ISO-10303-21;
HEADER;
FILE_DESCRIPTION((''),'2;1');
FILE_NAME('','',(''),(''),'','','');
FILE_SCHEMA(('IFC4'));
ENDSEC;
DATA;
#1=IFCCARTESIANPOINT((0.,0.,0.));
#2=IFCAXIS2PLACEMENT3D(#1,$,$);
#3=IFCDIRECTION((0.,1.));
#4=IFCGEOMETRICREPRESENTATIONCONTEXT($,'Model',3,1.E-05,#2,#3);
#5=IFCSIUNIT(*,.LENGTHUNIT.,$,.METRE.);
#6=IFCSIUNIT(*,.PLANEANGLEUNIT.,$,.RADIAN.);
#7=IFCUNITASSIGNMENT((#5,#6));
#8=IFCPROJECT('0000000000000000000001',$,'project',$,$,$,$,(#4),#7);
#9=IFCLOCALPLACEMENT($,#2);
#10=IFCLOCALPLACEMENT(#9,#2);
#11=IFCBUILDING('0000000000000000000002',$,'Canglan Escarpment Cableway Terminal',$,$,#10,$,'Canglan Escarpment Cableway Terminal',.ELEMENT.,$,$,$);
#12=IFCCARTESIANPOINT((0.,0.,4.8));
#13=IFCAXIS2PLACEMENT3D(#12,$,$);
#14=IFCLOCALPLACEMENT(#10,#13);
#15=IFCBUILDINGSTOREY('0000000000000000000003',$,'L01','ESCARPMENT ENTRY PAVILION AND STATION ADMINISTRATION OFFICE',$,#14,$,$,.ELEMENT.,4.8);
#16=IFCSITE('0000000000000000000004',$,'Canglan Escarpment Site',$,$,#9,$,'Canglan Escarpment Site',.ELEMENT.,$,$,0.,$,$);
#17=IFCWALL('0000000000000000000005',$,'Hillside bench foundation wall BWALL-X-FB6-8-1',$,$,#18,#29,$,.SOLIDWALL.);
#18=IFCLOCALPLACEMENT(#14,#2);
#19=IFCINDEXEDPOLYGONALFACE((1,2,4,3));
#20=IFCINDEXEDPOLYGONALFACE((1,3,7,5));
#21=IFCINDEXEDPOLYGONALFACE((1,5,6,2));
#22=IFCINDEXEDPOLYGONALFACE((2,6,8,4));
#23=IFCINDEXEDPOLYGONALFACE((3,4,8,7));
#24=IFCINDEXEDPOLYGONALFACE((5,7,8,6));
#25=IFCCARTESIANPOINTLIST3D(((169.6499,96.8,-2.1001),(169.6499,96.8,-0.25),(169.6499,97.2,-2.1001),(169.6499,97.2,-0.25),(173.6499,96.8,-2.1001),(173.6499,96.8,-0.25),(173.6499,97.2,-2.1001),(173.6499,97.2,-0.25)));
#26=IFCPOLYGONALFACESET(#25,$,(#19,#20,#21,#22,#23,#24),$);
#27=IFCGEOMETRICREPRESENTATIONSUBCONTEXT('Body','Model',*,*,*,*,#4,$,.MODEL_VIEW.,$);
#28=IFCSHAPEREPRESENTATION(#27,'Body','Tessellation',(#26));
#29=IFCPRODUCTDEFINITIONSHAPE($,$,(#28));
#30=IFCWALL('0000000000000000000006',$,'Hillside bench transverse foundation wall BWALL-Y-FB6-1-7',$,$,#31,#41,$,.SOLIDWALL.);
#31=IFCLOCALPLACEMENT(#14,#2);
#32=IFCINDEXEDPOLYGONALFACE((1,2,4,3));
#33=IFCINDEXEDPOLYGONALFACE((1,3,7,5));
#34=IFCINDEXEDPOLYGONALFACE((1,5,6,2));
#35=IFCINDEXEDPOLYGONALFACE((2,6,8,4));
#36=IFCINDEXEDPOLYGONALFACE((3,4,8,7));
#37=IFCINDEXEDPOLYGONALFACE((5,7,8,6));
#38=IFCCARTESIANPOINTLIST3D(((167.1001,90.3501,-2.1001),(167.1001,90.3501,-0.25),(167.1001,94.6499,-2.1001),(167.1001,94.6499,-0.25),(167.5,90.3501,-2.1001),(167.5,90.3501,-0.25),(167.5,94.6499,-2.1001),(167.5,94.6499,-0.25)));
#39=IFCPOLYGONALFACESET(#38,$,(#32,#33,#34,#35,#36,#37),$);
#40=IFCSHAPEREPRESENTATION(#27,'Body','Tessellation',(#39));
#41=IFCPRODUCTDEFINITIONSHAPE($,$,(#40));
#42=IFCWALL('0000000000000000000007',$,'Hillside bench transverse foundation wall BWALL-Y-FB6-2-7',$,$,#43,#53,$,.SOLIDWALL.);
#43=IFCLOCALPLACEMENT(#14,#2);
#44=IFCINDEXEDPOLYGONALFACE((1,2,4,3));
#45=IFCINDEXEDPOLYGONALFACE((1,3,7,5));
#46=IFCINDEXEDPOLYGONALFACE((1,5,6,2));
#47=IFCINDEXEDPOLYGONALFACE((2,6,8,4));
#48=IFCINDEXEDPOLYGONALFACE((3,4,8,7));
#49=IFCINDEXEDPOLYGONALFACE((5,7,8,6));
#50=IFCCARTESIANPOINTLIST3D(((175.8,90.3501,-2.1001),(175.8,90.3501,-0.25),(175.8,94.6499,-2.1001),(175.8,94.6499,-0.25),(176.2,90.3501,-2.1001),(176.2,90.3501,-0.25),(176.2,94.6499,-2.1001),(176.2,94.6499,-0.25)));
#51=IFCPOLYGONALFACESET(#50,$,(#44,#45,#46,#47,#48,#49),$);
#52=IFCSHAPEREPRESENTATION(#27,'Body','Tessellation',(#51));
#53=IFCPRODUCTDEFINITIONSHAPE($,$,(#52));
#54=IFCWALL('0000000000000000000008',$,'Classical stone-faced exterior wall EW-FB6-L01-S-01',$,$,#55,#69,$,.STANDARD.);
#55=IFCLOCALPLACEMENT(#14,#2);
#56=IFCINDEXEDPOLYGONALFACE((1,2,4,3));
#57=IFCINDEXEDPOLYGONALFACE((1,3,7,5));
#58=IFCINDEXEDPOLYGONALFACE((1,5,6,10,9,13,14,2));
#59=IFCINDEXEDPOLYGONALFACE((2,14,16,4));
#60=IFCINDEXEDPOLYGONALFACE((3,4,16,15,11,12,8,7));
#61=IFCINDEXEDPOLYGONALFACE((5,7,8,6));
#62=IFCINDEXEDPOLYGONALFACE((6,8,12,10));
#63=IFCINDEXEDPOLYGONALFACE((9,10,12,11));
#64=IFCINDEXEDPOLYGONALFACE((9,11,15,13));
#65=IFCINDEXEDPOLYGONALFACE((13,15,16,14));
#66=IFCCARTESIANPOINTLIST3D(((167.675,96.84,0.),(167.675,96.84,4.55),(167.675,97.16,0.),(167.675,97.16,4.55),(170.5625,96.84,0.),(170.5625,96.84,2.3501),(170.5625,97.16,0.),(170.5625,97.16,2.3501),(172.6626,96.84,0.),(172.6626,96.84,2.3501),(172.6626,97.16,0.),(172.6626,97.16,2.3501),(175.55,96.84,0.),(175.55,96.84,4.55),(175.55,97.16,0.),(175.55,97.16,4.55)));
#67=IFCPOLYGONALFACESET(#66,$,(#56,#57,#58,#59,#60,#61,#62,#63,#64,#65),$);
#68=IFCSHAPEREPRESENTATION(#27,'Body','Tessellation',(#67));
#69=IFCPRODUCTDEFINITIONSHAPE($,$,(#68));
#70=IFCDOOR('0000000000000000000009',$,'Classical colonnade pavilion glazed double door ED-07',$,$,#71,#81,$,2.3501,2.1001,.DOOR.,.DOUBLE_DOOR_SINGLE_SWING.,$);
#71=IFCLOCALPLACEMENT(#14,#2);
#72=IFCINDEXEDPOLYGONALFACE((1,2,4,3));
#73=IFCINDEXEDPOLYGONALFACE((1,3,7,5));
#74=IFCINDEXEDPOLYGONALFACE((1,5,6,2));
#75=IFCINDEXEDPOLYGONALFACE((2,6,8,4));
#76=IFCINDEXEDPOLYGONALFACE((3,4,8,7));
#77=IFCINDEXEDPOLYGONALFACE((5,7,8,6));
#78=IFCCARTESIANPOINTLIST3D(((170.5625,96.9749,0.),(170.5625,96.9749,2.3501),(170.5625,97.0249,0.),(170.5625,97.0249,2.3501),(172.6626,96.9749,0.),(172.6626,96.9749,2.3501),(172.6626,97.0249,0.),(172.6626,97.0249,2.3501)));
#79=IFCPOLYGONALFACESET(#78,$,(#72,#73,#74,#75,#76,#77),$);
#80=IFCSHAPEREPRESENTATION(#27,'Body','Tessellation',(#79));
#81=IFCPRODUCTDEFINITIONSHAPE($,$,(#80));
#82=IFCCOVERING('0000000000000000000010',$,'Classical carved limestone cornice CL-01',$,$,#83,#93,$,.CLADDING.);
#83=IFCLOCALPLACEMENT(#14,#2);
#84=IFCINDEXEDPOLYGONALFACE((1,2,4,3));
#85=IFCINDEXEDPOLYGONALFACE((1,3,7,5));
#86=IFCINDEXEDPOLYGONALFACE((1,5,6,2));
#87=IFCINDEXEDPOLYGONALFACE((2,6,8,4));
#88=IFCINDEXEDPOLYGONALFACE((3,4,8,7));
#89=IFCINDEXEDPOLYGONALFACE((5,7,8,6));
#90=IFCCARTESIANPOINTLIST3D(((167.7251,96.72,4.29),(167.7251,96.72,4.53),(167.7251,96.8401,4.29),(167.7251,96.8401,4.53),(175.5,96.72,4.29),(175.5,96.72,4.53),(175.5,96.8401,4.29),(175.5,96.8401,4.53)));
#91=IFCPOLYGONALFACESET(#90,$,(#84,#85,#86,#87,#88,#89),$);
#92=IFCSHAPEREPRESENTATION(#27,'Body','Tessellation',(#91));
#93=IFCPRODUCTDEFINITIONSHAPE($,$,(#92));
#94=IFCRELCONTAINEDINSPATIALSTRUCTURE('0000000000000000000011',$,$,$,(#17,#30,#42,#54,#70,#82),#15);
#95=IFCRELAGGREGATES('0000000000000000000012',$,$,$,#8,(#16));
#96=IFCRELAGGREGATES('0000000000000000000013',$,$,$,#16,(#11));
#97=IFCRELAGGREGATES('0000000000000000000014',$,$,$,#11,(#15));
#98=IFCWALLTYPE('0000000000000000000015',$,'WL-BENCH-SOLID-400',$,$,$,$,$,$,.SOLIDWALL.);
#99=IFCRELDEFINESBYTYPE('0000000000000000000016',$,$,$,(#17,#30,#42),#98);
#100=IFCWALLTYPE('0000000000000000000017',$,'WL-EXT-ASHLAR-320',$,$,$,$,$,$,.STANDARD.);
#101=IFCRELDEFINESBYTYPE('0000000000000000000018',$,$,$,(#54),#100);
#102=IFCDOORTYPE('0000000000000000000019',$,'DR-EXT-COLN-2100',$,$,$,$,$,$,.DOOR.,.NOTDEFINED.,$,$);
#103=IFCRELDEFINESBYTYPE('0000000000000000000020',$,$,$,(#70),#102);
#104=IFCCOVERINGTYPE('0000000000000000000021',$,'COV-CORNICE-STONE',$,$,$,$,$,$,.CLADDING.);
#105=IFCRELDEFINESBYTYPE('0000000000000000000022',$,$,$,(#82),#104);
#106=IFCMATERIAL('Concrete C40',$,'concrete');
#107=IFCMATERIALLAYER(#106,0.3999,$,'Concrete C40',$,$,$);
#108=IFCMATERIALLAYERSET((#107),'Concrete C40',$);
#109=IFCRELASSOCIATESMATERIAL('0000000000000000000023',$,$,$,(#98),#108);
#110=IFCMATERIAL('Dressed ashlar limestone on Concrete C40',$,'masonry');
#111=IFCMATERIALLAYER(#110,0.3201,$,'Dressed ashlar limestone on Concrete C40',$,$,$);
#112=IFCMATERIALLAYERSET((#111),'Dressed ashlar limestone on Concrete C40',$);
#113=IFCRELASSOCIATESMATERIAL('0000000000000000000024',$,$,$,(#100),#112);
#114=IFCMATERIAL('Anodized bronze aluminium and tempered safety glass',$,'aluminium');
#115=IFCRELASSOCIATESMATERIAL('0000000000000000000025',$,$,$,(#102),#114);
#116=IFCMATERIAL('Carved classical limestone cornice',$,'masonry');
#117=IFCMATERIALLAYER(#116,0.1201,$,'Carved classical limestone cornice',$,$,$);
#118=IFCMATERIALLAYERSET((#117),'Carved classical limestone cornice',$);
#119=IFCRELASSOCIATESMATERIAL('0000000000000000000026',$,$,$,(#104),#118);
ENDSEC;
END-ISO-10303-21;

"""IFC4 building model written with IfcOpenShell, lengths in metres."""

from ifc_helpers import new_model, si_unit, direction, frame, frame_2d, origin, origin_2d, place, context, subcontext, project, spatial, rectangle, extrude, material, layer, layer_set, type_object, element, fill, save


model = new_model("IFC4")

# Units and contexts
model_context = context("Model", 3, precision=1e-05, world=origin(), true_north=direction((0.0, 1.0)))
body_context = subcontext(model_context, "Body", "Model", "MODEL_VIEW")
ifc_project = project(units=[si_unit("LENGTHUNIT", "METRE"), si_unit("PLANEANGLEUNIT", "RADIAN")], contexts=[model_context])

# Site, building, storey
site_placement = place(None, origin())
site = spatial("IfcSite", under=ifc_project, at=site_placement, Name="Canglan Escarpment Site", LongName="Canglan Escarpment Site", CompositionType="ELEMENT", RefElevation=0.0)
building_placement = place(site_placement, origin())
building = spatial("IfcBuilding", under=site, at=building_placement, Name="Canglan Escarpment Cableway Terminal", LongName="Canglan Escarpment Cableway Terminal", CompositionType="ELEMENT")
storey_placement = place(building_placement, frame((0.0, 0.0, 4.8)))
storey = spatial("IfcBuildingStorey", under=building, at=storey_placement, Name="L01", Description="ESCARPMENT ENTRY PAVILION AND STATION ADMINISTRATION OFFICE", CompositionType="ELEMENT", Elevation=4.8)

# Shared definitions
ifc_material_1 = material(Name="Concrete C40", Category="concrete")

# Walls
ifc_layer_1 = layer(ifc_material_1, 0.3999, Name="Concrete C40")
ifc_layer_set_1 = layer_set([ifc_layer_1], Name="Concrete C40")
wall_type_1 = type_object("IfcWallType", Name="WL-BENCH-SOLID-400", PredefinedType="SOLIDWALL", material=ifc_layer_set_1)
wall_1_placement = place(storey_placement, frame((169.6499, 97.0, -2.1001), z_axis=(0.0, 0.0, 1.0), x_axis=(1.0, 0.0, 0.0)))
element("IfcWall", 1, at=wall_1_placement, inside=storey, type_object=wall_type_1, Name="Hillside bench foundation wall BWALL-X-FB6-8-1", PredefinedType="SOLIDWALL", context=body_context, shape_type="SweptSolid", body=[
    extrude(rectangle(XDim=4.0, YDim=0.3999, at=frame_2d((2.0, 0.0))), origin(), (0.0, 0.0, 1.0), 1.8501),
])
for number, where, z_axis, x_axis, name in (
    (2, (167.3, 90.3501, -2.1001), (0.0, 0.0, 1.0), (0.0, 1.0, 0.0), "Hillside bench transverse foundation wall BWALL-Y-FB6-1-7"),
    (3, (176.0, 90.3501, -2.1001), (0.0, 0.0, 1.0), (0.0, 1.0, 0.0), "Hillside bench transverse foundation wall BWALL-Y-FB6-2-7"),
):
    element("IfcWall", number, at=place(storey_placement, frame(where, z_axis=z_axis, x_axis=x_axis)), inside=storey, type_object=wall_type_1, Name=name, PredefinedType="SOLIDWALL", context=body_context, shape_type="SweptSolid", body=[
        extrude(rectangle(XDim=4.2998, YDim=0.3999, at=frame_2d((2.1499, 0.0))), origin(), (0.0, 0.0, 1.0), 1.8501),
    ])

# Wall, opening, door
ifc_material_2 = material(Name="Dressed ashlar limestone on Concrete C40", Category="masonry")
ifc_layer_2 = layer(ifc_material_2, 0.3201, Name="Dressed ashlar limestone on Concrete C40")
ifc_layer_set_2 = layer_set([ifc_layer_2], Name="Dressed ashlar limestone on Concrete C40")
wall_type_2 = type_object("IfcWallType", Name="WL-EXT-ASHLAR-320", PredefinedType="STANDARD", material=ifc_layer_set_2)
wall_2_placement = place(storey_placement, frame((167.675, 97.0, 0.0), z_axis=(0.0, 0.0, 1.0), x_axis=(1.0, 0.0, 0.0)))
wall_2 = element("IfcWall", 4, at=wall_2_placement, inside=storey, type_object=wall_type_2, Name="Classical stone-faced exterior wall EW-FB6-L01-S-01", PredefinedType="STANDARD", context=body_context, shape_type="SweptSolid", body=[
    extrude(rectangle(XDim=7.875, YDim=0.3201, at=frame_2d((3.9375, 0.0))), origin(), (0.0, 0.0, 1.0), 4.55),
])
opening_placement = place(wall_2_placement, frame((2.8875, 0.0, 0.0)))
opening = element("IfcOpeningElement", 5, at=opening_placement, cuts=wall_2, PredefinedType="OPENING", context=body_context, shape_type="SweptSolid", body=[
    extrude(rectangle(XDim=2.1001, YDim=2.3501, at=frame_2d((1.05, 1.175))), frame((0.0, 0.1699, 0.0), z_axis=(0.0, -1.0, 0.0), x_axis=(1.0, 0.0, 0.0)), (0.0, 0.0, 1.0), 0.3401),
])
ifc_material_3 = material(Name="Anodized bronze aluminium and tempered safety glass", Category="aluminium")
door_type = type_object("IfcDoorType", Name="DR-EXT-COLN-2100", OperationType="NOTDEFINED", PredefinedType="DOOR", material=ifc_material_3)
door_placement = place(opening_placement, origin())
door = element("IfcDoor", 6, at=door_placement, inside=storey, type_object=door_type, Name="Classical colonnade pavilion glazed double door ED-07", OperationType="DOUBLE_DOOR_SINGLE_SWING", OverallHeight=2.3501, OverallWidth=2.1001, PredefinedType="DOOR", context=body_context, shape_type="SweptSolid", body=[
    extrude(rectangle(XDim=2.1001, YDim=2.3501, at=frame_2d((1.05, 1.175))), frame((0.0, 0.0249, 0.0), z_axis=(0.0, -1.0, 0.0), x_axis=(1.0, 0.0, 0.0)), (0.0, 0.0, 1.0), 0.05),
])
fill(opening, door)

# Covering
ifc_material_4 = material(Name="Carved classical limestone cornice", Category="masonry")
ifc_layer_3 = layer(ifc_material_4, 0.1201, Name="Carved classical limestone cornice")
ifc_layer_set_3 = layer_set([ifc_layer_3], Name="Carved classical limestone cornice")
covering_type = type_object("IfcCoveringType", Name="COV-CORNICE-STONE", PredefinedType="CLADDING", material=ifc_layer_set_3)
covering_placement = place(storey_placement, frame((171.6125, 96.78, 4.29), z_axis=(0.0, 0.0, 1.0), x_axis=(1.0, 0.0, 0.0)))
element("IfcCovering", 7, at=covering_placement, inside=storey, type_object=covering_type, Name="Classical carved limestone cornice CL-01", PredefinedType="CLADDING", context=body_context, shape_type="SweptSolid", body=[
    extrude(rectangle(XDim=7.7749, YDim=0.1201, at=origin_2d()), origin(), (0.0, 0.0, 1.0), 0.24),
])

save(model, "model.ifc")
